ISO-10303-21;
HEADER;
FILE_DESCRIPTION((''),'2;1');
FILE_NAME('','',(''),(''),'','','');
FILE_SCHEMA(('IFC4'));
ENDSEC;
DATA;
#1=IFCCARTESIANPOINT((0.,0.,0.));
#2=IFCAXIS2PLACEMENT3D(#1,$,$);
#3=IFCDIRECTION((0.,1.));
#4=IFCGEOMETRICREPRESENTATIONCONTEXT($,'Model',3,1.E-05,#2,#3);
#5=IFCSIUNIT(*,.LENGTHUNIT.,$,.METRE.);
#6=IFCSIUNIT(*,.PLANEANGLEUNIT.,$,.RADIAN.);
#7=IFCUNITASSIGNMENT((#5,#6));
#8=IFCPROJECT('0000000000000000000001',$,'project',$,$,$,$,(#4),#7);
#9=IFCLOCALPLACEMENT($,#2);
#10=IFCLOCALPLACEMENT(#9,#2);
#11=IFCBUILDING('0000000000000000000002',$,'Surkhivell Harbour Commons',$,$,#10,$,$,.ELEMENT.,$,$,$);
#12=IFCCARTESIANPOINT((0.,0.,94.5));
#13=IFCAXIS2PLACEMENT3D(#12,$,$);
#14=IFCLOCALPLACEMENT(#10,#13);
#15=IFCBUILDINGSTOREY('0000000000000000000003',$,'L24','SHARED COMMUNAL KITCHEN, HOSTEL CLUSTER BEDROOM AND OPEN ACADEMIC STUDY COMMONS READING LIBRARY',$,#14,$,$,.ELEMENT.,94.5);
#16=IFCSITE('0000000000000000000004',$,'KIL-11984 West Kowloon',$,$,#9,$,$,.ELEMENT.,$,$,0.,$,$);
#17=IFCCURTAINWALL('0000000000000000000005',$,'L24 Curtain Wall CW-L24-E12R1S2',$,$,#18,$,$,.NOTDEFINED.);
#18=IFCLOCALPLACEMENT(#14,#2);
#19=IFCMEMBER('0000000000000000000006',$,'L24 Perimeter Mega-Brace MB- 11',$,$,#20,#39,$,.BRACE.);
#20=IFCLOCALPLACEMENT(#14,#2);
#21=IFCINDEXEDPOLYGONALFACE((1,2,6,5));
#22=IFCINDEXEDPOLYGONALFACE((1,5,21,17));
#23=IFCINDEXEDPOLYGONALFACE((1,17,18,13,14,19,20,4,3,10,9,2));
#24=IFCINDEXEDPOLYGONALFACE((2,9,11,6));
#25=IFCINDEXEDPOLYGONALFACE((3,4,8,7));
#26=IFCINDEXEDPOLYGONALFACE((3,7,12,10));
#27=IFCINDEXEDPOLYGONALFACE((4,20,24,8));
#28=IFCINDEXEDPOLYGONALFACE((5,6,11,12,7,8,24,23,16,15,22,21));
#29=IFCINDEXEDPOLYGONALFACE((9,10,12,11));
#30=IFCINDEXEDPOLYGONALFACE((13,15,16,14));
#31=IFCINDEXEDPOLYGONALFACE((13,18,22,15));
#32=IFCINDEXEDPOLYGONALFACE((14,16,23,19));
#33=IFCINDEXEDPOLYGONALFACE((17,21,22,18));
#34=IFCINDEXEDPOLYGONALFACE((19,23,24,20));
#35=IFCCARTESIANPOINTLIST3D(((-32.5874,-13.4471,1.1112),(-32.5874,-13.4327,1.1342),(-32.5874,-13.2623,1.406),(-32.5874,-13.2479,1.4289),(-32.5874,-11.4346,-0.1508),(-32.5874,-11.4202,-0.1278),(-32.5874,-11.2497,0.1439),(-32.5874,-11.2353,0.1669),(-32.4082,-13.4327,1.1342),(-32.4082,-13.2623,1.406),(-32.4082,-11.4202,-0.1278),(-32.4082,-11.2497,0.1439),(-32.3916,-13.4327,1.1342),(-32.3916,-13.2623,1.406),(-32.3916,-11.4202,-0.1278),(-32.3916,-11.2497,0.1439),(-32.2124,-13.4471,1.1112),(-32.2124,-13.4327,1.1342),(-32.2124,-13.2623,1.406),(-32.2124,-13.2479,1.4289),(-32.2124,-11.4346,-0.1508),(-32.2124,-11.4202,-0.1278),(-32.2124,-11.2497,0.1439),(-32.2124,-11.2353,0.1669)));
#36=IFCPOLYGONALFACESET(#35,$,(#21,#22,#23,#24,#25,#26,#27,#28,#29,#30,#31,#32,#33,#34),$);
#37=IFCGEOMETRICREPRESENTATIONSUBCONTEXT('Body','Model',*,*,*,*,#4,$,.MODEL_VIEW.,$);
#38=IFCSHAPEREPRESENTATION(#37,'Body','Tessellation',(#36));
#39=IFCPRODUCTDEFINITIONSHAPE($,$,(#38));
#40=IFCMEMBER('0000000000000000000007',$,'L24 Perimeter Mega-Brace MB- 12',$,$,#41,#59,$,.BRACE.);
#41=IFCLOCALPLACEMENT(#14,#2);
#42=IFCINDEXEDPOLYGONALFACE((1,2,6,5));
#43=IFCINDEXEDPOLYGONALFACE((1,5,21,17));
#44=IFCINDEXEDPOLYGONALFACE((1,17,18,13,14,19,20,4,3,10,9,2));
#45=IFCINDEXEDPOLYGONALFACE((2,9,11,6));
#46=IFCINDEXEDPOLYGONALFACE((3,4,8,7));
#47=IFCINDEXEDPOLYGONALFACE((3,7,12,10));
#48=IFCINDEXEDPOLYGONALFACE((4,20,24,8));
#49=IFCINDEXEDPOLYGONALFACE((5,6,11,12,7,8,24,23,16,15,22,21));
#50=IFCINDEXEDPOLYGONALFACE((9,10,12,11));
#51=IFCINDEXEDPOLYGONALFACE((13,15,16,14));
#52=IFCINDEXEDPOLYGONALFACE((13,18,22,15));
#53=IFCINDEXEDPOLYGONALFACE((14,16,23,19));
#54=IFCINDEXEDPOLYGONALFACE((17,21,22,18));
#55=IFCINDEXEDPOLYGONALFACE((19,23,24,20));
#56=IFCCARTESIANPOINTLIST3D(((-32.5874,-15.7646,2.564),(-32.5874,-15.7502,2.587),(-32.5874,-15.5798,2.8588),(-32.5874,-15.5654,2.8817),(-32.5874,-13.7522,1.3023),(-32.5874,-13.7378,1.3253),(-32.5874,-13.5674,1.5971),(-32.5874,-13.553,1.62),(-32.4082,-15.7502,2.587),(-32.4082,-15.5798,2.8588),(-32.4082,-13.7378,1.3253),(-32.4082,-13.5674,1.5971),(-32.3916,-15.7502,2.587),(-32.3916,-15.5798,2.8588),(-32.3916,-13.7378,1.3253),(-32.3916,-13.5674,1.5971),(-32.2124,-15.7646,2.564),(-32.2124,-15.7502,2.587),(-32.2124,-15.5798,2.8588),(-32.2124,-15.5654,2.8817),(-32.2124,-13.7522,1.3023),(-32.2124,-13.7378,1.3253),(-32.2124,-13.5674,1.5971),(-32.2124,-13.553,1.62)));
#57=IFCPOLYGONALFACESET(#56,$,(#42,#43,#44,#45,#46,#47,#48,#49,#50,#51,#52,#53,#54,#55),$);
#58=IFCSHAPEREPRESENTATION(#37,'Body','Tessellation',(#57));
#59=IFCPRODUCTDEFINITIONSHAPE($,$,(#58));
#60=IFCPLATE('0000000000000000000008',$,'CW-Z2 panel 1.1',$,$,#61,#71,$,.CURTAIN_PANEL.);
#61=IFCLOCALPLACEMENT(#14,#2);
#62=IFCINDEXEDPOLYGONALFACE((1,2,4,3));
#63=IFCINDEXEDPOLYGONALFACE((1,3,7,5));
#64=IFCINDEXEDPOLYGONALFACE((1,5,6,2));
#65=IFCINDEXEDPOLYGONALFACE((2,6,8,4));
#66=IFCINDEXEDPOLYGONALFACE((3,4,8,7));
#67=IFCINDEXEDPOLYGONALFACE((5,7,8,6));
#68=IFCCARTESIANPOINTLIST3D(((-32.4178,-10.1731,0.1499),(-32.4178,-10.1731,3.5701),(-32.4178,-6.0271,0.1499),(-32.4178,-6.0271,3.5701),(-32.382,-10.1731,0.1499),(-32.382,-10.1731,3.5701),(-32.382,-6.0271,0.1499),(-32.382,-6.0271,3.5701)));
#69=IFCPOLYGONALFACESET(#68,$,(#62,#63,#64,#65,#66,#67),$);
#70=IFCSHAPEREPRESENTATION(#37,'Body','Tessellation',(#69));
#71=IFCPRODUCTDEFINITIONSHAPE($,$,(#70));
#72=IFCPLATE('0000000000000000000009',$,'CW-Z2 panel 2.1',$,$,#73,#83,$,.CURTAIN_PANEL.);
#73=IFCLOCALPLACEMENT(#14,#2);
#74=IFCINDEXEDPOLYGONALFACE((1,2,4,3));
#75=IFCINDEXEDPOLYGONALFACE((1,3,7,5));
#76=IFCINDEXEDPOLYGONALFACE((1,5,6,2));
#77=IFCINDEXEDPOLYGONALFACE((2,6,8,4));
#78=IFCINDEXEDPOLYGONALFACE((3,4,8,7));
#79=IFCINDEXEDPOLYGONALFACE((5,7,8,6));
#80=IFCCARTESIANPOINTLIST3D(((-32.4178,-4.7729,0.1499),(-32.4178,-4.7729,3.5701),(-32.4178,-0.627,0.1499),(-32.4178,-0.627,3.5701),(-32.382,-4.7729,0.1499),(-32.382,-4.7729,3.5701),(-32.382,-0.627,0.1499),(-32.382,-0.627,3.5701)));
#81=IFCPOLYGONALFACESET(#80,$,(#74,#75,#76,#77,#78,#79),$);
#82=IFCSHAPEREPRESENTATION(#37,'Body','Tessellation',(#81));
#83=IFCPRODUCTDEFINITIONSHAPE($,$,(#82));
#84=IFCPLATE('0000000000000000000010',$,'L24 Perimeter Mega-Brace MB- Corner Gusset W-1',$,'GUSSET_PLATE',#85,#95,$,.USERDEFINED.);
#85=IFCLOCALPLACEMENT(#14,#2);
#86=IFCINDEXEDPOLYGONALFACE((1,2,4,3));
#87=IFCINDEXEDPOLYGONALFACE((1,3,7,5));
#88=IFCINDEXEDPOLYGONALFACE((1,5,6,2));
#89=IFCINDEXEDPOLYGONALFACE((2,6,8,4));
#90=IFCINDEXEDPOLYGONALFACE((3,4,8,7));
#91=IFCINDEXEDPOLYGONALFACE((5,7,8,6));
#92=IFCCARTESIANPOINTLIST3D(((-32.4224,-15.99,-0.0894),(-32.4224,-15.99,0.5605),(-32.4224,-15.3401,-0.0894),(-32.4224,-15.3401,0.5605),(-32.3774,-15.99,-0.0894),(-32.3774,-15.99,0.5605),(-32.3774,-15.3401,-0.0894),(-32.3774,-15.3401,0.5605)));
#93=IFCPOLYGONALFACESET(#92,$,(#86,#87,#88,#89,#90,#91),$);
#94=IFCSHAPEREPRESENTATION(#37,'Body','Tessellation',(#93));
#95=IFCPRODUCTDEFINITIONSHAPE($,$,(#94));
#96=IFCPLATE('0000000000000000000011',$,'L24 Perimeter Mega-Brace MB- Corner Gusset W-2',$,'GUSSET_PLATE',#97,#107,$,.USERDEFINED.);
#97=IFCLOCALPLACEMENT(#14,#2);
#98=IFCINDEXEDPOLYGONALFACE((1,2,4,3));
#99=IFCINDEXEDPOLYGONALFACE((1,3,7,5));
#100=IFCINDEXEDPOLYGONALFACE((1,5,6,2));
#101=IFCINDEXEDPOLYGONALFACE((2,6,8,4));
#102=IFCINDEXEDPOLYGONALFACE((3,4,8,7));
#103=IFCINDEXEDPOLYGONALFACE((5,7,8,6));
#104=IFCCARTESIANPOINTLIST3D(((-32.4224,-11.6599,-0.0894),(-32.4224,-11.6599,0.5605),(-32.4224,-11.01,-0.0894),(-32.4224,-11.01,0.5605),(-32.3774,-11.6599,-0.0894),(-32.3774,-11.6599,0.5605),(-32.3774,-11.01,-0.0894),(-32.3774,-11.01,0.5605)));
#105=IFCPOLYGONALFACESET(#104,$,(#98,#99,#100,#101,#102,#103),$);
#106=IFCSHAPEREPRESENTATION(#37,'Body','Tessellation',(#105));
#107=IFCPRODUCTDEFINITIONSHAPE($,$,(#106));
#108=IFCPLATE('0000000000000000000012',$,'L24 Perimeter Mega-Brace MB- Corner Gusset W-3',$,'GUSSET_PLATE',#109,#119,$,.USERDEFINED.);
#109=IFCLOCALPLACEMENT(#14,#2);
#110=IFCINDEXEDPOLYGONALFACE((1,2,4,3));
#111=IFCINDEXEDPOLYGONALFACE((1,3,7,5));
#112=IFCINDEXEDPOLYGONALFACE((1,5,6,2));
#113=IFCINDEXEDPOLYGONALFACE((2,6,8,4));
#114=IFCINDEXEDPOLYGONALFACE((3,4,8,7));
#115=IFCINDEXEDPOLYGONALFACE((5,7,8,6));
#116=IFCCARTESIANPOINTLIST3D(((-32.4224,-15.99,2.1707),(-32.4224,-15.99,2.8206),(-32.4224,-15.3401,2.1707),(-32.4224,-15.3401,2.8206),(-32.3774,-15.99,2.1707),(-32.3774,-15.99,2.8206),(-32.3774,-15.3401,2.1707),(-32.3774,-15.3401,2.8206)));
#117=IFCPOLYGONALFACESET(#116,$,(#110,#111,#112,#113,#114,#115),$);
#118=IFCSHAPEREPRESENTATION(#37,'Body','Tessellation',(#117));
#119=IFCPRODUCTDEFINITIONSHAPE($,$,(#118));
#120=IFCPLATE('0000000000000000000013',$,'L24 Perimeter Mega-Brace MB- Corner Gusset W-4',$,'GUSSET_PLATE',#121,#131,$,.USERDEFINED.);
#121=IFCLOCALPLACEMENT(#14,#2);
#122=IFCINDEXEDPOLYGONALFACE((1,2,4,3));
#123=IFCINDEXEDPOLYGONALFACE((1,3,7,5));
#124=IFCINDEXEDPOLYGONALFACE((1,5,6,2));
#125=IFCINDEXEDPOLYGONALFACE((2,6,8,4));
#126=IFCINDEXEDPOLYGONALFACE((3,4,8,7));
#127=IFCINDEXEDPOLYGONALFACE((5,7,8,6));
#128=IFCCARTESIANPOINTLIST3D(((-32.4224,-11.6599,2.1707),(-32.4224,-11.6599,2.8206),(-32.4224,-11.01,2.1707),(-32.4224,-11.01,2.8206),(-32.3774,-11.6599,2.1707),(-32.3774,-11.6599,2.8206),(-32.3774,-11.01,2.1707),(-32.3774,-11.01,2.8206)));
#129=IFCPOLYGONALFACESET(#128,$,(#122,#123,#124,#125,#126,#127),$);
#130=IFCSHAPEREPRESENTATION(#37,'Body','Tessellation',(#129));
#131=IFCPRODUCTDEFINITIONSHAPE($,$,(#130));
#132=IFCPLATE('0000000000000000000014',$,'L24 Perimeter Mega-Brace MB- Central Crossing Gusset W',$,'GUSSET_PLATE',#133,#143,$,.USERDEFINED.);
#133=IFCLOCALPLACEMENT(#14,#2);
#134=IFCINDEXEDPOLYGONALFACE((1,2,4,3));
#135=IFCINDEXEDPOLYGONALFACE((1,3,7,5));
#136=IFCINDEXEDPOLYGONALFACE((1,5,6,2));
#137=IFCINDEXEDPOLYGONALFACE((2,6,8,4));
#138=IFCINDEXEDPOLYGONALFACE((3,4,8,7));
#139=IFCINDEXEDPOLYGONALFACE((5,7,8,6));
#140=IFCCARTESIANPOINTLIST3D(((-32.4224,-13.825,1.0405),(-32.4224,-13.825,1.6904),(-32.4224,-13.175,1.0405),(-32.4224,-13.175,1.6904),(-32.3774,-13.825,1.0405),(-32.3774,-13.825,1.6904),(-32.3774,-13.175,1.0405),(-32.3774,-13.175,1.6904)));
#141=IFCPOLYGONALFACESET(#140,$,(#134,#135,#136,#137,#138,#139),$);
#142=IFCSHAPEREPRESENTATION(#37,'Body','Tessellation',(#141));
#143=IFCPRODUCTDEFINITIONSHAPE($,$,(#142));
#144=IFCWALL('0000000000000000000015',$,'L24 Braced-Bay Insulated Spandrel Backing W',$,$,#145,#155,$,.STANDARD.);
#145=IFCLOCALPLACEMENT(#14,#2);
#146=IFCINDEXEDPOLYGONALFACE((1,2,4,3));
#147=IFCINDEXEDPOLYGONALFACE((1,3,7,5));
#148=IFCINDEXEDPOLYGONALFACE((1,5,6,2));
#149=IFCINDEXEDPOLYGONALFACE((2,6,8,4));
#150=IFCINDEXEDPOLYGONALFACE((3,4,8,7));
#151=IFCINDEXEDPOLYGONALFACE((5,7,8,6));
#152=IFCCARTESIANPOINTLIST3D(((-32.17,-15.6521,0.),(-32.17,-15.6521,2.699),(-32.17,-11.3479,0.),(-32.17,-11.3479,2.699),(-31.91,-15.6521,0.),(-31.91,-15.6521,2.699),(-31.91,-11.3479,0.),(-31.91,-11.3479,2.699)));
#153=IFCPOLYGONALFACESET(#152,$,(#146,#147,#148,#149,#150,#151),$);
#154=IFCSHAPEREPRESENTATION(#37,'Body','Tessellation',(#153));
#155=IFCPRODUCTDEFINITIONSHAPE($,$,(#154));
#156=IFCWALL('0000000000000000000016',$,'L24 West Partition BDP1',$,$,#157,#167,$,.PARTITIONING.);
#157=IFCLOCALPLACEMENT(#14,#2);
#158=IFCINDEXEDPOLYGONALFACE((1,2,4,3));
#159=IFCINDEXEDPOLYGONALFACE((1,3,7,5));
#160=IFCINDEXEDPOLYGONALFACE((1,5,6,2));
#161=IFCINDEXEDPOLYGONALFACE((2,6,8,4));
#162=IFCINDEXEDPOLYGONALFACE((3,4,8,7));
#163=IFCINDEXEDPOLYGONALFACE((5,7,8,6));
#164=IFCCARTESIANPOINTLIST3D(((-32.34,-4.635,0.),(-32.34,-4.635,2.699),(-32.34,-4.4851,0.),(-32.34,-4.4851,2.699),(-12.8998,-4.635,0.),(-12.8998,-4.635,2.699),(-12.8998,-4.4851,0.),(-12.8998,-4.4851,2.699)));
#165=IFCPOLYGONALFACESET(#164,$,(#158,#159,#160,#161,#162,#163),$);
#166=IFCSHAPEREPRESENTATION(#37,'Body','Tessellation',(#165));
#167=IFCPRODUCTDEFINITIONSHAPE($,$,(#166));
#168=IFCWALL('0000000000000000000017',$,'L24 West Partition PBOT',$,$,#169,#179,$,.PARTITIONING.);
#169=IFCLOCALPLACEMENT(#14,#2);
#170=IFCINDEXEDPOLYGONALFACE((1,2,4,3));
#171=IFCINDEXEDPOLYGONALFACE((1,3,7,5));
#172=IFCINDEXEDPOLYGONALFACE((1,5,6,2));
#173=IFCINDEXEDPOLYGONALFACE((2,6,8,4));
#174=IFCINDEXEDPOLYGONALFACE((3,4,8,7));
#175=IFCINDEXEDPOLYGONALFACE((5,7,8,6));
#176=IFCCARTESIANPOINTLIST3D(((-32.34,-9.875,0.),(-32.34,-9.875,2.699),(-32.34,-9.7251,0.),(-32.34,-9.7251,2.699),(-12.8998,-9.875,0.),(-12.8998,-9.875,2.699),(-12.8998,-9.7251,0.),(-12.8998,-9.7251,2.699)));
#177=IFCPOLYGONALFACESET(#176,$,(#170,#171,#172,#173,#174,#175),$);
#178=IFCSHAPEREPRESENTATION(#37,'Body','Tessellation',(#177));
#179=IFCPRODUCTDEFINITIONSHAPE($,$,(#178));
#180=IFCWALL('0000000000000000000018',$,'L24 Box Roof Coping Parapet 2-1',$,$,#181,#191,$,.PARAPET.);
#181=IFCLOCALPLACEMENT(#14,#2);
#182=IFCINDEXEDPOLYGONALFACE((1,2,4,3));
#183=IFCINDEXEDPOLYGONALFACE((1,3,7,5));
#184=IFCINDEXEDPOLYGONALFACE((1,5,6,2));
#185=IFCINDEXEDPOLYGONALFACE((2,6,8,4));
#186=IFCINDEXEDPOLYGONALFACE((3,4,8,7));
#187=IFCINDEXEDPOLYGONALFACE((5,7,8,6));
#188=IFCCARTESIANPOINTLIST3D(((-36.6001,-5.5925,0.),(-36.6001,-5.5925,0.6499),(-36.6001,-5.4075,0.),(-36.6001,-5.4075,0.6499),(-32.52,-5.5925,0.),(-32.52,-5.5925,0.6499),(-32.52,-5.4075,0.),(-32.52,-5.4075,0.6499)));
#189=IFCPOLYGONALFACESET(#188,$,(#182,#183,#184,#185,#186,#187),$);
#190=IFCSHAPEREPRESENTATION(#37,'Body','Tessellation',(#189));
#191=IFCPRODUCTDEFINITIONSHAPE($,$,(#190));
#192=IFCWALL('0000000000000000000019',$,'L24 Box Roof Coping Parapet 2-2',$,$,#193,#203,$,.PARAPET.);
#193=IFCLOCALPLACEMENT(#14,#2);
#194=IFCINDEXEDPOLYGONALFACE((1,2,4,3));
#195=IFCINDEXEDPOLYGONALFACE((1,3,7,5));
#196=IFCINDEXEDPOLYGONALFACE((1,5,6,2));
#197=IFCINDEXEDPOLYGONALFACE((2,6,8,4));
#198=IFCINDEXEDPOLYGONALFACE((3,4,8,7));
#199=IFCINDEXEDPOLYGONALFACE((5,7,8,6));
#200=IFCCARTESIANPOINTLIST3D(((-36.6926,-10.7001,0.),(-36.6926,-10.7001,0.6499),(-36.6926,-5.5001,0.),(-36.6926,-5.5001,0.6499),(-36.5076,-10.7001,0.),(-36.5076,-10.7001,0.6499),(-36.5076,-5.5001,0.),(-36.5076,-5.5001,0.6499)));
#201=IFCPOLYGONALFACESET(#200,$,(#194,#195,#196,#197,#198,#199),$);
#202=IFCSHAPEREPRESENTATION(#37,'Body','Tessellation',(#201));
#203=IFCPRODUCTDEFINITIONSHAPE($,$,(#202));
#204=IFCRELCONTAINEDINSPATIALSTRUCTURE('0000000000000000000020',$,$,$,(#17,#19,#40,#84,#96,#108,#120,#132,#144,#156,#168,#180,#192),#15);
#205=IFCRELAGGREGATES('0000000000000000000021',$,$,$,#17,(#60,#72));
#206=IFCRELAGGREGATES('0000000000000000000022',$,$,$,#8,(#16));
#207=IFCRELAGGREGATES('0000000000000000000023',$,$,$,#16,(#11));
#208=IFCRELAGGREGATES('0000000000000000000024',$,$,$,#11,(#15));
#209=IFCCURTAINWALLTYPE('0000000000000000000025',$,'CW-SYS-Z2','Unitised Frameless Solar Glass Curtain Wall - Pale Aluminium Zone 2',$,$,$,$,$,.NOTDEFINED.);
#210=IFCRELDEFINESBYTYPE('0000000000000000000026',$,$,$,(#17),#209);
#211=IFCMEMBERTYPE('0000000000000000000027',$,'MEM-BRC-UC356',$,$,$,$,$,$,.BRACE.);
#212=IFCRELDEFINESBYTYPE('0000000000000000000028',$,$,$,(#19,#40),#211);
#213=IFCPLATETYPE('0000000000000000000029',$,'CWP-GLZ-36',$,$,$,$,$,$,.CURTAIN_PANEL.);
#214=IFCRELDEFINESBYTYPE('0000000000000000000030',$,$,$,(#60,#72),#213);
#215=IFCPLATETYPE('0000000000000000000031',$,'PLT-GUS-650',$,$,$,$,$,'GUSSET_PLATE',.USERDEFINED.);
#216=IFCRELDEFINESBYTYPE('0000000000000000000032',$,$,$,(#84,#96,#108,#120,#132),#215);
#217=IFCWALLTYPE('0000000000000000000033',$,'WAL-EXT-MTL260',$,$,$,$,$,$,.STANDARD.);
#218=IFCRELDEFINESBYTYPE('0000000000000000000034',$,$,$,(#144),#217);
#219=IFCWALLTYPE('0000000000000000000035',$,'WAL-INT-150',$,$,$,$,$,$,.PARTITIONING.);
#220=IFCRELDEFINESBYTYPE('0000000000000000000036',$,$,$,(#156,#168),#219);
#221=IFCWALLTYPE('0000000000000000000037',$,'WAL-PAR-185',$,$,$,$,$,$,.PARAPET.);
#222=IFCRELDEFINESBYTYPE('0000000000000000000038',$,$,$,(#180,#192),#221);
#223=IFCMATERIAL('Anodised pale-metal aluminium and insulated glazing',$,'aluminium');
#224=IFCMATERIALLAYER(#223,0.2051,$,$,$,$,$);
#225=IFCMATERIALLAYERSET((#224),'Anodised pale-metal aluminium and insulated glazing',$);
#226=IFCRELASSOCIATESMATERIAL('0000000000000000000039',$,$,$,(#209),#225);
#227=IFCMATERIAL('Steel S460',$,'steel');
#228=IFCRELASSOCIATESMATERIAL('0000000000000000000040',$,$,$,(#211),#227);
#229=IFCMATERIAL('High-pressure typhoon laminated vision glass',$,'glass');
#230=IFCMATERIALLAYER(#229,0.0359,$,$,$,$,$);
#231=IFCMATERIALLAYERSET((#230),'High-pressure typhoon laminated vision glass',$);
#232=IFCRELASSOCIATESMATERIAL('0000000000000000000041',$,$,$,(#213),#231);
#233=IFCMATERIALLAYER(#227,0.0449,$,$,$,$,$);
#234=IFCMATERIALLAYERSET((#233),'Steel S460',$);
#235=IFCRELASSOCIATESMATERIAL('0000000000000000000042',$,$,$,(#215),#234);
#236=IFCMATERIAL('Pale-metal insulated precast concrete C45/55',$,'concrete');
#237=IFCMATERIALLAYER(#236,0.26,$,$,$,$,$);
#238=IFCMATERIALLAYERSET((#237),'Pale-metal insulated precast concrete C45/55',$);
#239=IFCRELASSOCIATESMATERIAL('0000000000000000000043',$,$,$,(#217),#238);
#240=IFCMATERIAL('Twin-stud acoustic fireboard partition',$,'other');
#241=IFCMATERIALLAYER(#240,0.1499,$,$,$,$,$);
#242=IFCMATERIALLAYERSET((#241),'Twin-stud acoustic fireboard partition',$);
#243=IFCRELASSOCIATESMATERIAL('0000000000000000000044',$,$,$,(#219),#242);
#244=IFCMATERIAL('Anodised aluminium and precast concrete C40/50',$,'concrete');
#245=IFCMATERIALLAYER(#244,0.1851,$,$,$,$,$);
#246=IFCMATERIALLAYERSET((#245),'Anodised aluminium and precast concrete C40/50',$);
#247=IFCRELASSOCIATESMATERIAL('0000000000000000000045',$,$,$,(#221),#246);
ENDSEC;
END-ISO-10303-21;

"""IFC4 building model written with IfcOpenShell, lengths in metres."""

from ifc_helpers import new_model, si_unit, direction, frame, frame_2d, origin, origin_2d, place, context, subcontext, project, spatial, rectangle, i_section, extrude, material, layer, layer_set, material_profile, profile_set, type_object, element, aggregate, save


model = new_model("IFC4")

# Units and contexts
model_context = context("Model", 3, precision=1e-05, world=origin(), true_north=direction((0.0, 1.0)))
body_context = subcontext(model_context, "Body", "Model", "MODEL_VIEW")
ifc_project = project(units=[si_unit("LENGTHUNIT", "METRE"), si_unit("PLANEANGLEUNIT", "RADIAN")], contexts=[model_context])

# Site, building, storey
site_placement = place(None, origin())
site = spatial("IfcSite", under=ifc_project, at=site_placement, Name="KIL-11984 West Kowloon", CompositionType="ELEMENT", RefElevation=0.0)
building_placement = place(site_placement, origin())
building = spatial("IfcBuilding", under=site, at=building_placement, Name="Surkhivell Harbour Commons", CompositionType="ELEMENT")
storey_placement = place(building_placement, frame((0.0, 0.0, 94.5)))
storey = spatial("IfcBuildingStorey", under=building, at=storey_placement, Name="L24", Description="SHARED COMMUNAL KITCHEN, HOSTEL CLUSTER BEDROOM AND OPEN ACADEMIC STUDY COMMONS READING LIBRARY", CompositionType="ELEMENT", Elevation=94.5)

# Shared definitions
ifc_material_1 = material(Name="Steel S460", Category="steel")

# Curtain wall
ifc_material_2 = material(Name="Anodised pale-metal aluminium and insulated glazing", Category="aluminium")
ifc_layer_1 = layer(ifc_material_2, 0.2051)
ifc_layer_set_1 = layer_set([ifc_layer_1], Name="Anodised pale-metal aluminium and insulated glazing")
curtain_wall_type = type_object("IfcCurtainWallType", Name="CW-SYS-Z2", Description="Unitised Frameless Solar Glass Curtain Wall - Pale Aluminium Zone 2", PredefinedType="NOTDEFINED", material=ifc_layer_set_1)
curtain_wall_placement = place(storey_placement, origin())
curtain_wall = element("IfcCurtainWall", 1, at=curtain_wall_placement, inside=storey, type_object=curtain_wall_type, Name="L24 Curtain Wall CW-L24-E12R1S2", PredefinedType="NOTDEFINED")

# Members
ifc_material_profile_1 = material_profile(ifc_material_1, i_section(OverallWidth=0.375, OverallDepth=0.375, WebThickness=0.0166, FlangeThickness=0.0271, at=origin_2d()), Name="UC356x368x202")
ifc_profile_set_1 = profile_set([ifc_material_profile_1], Name="Steel S460")
member_type_1 = type_object("IfcMemberType", Name="MEM-BRC-UC356", PredefinedType="BRACE", material=ifc_profile_set_1)
member_1_placement = place(storey_placement, frame((-32.3999, -11.335, 0.0081), z_axis=(0.0, -0.847206, 0.531264), x_axis=(1.0, 0.0, 0.0)))
element("IfcMember", 2, at=member_1_placement, inside=storey, type_object=member_type_1, Name="L24 Perimeter Mega-Brace MB- 11", PredefinedType="BRACE", context=body_context, shape_type="SweptSolid", body=[
    extrude(i_section(OverallWidth=0.375, OverallDepth=0.375, WebThickness=0.0166, FlangeThickness=0.0271, at=origin_2d()), origin(), (0.0, 0.0, 1.0), 2.3755),
])
member_2_placement = place(storey_placement, frame((-32.3999, -13.6526, 1.4612), z_axis=(0.0, -0.847253, 0.53119), x_axis=(1.0, 0.0, 0.0)))
element("IfcMember", 3, at=member_2_placement, inside=storey, type_object=member_type_1, Name="L24 Perimeter Mega-Brace MB- 12", PredefinedType="BRACE", context=body_context, shape_type="SweptSolid", body=[
    extrude(i_section(OverallWidth=0.375, OverallDepth=0.375, WebThickness=0.0166, FlangeThickness=0.0271, at=origin_2d()), origin(), (0.0, 0.0, 1.0), 2.3752),
])

# Plates
ifc_material_3 = material(Name="High-pressure typhoon laminated vision glass", Category="glass")
ifc_layer_2 = layer(ifc_material_3, 0.0359)
ifc_layer_set_2 = layer_set([ifc_layer_2], Name="High-pressure typhoon laminated vision glass")
plate_type_1 = type_object("IfcPlateType", Name="CWP-GLZ-36", PredefinedType="CURTAIN_PANEL", material=ifc_layer_set_2)
plate_1_placement = place(storey_placement, frame((-32.3999, -10.1731, 0.1499), z_axis=(0.0, 0.0, 1.0), x_axis=(0.0, 1.0, 0.0)))
plate_1 = element("IfcPlate", 4, at=plate_1_placement, type_object=plate_type_1, Name="CW-Z2 panel 1.1", PredefinedType="CURTAIN_PANEL", context=body_context, shape_type="SweptSolid", body=[
    extrude(rectangle(XDim=4.146, YDim=0.0359, at=frame_2d((2.073, 0.0))), origin(), (0.0, 0.0, 1.0), 3.4202),
])
plate_2_placement = place(storey_placement, frame((-32.3999, -4.7729, 0.1499), z_axis=(0.0, 0.0, 1.0), x_axis=(0.0, 1.0, 0.0)))
plate_2 = element("IfcPlate", 5, at=plate_2_placement, type_object=plate_type_1, Name="CW-Z2 panel 2.1", PredefinedType="CURTAIN_PANEL", context=body_context, shape_type="SweptSolid", body=[
    extrude(rectangle(XDim=4.146, YDim=0.0359, at=frame_2d((2.073, 0.0))), origin(), (0.0, 0.0, 1.0), 3.4202),
])
aggregate(curtain_wall, [plate_1, plate_2])

# Plates
ifc_layer_3 = layer(ifc_material_1, 0.0449)
ifc_layer_set_3 = layer_set([ifc_layer_3], Name="Steel S460")
plate_type_2 = type_object("IfcPlateType", Name="PLT-GUS-650", ElementType="GUSSET_PLATE", PredefinedType="USERDEFINED", material=ifc_layer_set_3)
for number, where, z_axis, x_axis, name in (
    (6, (-32.3999, -15.665, -0.0894), (0.0, 0.0, 1.0), (0.0, 1.0, 0.0), "L24 Perimeter Mega-Brace MB- Corner Gusset W-1"),
    (7, (-32.3999, -11.335, -0.0894), (0.0, 0.0, 1.0), (0.0, 1.0, 0.0), "L24 Perimeter Mega-Brace MB- Corner Gusset W-2"),
    (8, (-32.3999, -15.665, 2.1707), (0.0, 0.0, 1.0), (0.0, 1.0, 0.0), "L24 Perimeter Mega-Brace MB- Corner Gusset W-3"),
    (9, (-32.3999, -11.335, 2.1707), (0.0, 0.0, 1.0), (0.0, 1.0, 0.0), "L24 Perimeter Mega-Brace MB- Corner Gusset W-4"),
    (10, (-32.3999, -13.5, 1.0405), (0.0, 0.0, 1.0), (0.0, 1.0, 0.0), "L24 Perimeter Mega-Brace MB- Central Crossing Gusset W"),
):
    element("IfcPlate", number, at=place(storey_placement, frame(where, z_axis=z_axis, x_axis=x_axis)), inside=storey, type_object=plate_type_2, Name=name, ObjectType="GUSSET_PLATE", PredefinedType="USERDEFINED", context=body_context, shape_type="SweptSolid", body=[
        extrude(rectangle(XDim=0.6499, YDim=0.0449, at=origin_2d()), origin(), (0.0, 0.0, 1.0), 0.6499),
    ])

# Walls
ifc_material_4 = material(Name="Pale-metal insulated precast concrete C45/55", Category="concrete")
ifc_layer_4 = layer(ifc_material_4, 0.26)
ifc_layer_set_4 = layer_set([ifc_layer_4], Name="Pale-metal insulated precast concrete C45/55")
wall_type_1 = type_object("IfcWallType", Name="WAL-EXT-MTL260", PredefinedType="STANDARD", material=ifc_layer_set_4)
wall_1_placement = place(storey_placement, frame((-32.04, -15.6521, 0.0), z_axis=(0.0, 0.0, 1.0), x_axis=(0.0, 1.0, 0.0)))
element("IfcWall", 11, at=wall_1_placement, inside=storey, type_object=wall_type_1, Name="L24 Braced-Bay Insulated Spandrel Backing W", PredefinedType="STANDARD", context=body_context, shape_type="SweptSolid", body=[
    extrude(rectangle(XDim=4.3042, YDim=0.26, at=frame_2d((2.1521, 0.0))), origin(), (0.0, 0.0, 1.0), 2.699),
])
ifc_material_5 = material(Name="Twin-stud acoustic fireboard partition", Category="other")
ifc_layer_5 = layer(ifc_material_5, 0.1499)
ifc_layer_set_5 = layer_set([ifc_layer_5], Name="Twin-stud acoustic fireboard partition")
wall_type_2 = type_object("IfcWallType", Name="WAL-INT-150", PredefinedType="PARTITIONING", material=ifc_layer_set_5)
for number, where, z_axis, x_axis, name in (
    (12, (-32.3401, -4.5601, 0.0), (0.0, 0.0, 1.0), (1.0, 0.0, 0.0), "L24 West Partition BDP1"),
    (13, (-32.3401, -9.8, 0.0), (0.0, 0.0, 1.0), (1.0, 0.0, 0.0), "L24 West Partition PBOT"),
):
    element("IfcWall", number, at=place(storey_placement, frame(where, z_axis=z_axis, x_axis=x_axis)), inside=storey, type_object=wall_type_2, Name=name, PredefinedType="PARTITIONING", context=body_context, shape_type="SweptSolid", body=[
        extrude(rectangle(XDim=19.4402, YDim=0.1499, at=frame_2d((9.7202, 0.0))), origin(), (0.0, 0.0, 1.0), 2.699),
    ])
ifc_material_6 = material(Name="Anodised aluminium and precast concrete C40/50", Category="concrete")
ifc_layer_6 = layer(ifc_material_6, 0.1851)
ifc_layer_set_6 = layer_set([ifc_layer_6], Name="Anodised aluminium and precast concrete C40/50")
wall_type_3 = type_object("IfcWallType", Name="WAL-PAR-185", PredefinedType="PARAPET", material=ifc_layer_set_6)
wall_2_placement = place(storey_placement, frame((-32.52, -5.5, 0.0), z_axis=(0.0, 0.0, 1.0), x_axis=(-1.0, 0.0, 0.0)))
element("IfcWall", 14, at=wall_2_placement, inside=storey, type_object=wall_type_3, Name="L24 Box Roof Coping Parapet 2-1", PredefinedType="PARAPET", context=body_context, shape_type="SweptSolid", body=[
    extrude(rectangle(XDim=4.0801, YDim=0.1851, at=frame_2d((2.04, 0.0))), origin(), (0.0, 0.0, 1.0), 0.6499),
])
wall_3_placement = place(storey_placement, frame((-36.6001, -5.5, 0.0), z_axis=(0.0, 0.0, 1.0), x_axis=(0.0, -1.0, 0.0)))
element("IfcWall", 15, at=wall_3_placement, inside=storey, type_object=wall_type_3, Name="L24 Box Roof Coping Parapet 2-2", PredefinedType="PARAPET", context=body_context, shape_type="SweptSolid", body=[
    extrude(rectangle(XDim=5.2, YDim=0.1851, at=frame_2d((2.6001, 0.0))), origin(), (0.0, 0.0, 1.0), 0.6499),
])

save(model, "model.ifc")
